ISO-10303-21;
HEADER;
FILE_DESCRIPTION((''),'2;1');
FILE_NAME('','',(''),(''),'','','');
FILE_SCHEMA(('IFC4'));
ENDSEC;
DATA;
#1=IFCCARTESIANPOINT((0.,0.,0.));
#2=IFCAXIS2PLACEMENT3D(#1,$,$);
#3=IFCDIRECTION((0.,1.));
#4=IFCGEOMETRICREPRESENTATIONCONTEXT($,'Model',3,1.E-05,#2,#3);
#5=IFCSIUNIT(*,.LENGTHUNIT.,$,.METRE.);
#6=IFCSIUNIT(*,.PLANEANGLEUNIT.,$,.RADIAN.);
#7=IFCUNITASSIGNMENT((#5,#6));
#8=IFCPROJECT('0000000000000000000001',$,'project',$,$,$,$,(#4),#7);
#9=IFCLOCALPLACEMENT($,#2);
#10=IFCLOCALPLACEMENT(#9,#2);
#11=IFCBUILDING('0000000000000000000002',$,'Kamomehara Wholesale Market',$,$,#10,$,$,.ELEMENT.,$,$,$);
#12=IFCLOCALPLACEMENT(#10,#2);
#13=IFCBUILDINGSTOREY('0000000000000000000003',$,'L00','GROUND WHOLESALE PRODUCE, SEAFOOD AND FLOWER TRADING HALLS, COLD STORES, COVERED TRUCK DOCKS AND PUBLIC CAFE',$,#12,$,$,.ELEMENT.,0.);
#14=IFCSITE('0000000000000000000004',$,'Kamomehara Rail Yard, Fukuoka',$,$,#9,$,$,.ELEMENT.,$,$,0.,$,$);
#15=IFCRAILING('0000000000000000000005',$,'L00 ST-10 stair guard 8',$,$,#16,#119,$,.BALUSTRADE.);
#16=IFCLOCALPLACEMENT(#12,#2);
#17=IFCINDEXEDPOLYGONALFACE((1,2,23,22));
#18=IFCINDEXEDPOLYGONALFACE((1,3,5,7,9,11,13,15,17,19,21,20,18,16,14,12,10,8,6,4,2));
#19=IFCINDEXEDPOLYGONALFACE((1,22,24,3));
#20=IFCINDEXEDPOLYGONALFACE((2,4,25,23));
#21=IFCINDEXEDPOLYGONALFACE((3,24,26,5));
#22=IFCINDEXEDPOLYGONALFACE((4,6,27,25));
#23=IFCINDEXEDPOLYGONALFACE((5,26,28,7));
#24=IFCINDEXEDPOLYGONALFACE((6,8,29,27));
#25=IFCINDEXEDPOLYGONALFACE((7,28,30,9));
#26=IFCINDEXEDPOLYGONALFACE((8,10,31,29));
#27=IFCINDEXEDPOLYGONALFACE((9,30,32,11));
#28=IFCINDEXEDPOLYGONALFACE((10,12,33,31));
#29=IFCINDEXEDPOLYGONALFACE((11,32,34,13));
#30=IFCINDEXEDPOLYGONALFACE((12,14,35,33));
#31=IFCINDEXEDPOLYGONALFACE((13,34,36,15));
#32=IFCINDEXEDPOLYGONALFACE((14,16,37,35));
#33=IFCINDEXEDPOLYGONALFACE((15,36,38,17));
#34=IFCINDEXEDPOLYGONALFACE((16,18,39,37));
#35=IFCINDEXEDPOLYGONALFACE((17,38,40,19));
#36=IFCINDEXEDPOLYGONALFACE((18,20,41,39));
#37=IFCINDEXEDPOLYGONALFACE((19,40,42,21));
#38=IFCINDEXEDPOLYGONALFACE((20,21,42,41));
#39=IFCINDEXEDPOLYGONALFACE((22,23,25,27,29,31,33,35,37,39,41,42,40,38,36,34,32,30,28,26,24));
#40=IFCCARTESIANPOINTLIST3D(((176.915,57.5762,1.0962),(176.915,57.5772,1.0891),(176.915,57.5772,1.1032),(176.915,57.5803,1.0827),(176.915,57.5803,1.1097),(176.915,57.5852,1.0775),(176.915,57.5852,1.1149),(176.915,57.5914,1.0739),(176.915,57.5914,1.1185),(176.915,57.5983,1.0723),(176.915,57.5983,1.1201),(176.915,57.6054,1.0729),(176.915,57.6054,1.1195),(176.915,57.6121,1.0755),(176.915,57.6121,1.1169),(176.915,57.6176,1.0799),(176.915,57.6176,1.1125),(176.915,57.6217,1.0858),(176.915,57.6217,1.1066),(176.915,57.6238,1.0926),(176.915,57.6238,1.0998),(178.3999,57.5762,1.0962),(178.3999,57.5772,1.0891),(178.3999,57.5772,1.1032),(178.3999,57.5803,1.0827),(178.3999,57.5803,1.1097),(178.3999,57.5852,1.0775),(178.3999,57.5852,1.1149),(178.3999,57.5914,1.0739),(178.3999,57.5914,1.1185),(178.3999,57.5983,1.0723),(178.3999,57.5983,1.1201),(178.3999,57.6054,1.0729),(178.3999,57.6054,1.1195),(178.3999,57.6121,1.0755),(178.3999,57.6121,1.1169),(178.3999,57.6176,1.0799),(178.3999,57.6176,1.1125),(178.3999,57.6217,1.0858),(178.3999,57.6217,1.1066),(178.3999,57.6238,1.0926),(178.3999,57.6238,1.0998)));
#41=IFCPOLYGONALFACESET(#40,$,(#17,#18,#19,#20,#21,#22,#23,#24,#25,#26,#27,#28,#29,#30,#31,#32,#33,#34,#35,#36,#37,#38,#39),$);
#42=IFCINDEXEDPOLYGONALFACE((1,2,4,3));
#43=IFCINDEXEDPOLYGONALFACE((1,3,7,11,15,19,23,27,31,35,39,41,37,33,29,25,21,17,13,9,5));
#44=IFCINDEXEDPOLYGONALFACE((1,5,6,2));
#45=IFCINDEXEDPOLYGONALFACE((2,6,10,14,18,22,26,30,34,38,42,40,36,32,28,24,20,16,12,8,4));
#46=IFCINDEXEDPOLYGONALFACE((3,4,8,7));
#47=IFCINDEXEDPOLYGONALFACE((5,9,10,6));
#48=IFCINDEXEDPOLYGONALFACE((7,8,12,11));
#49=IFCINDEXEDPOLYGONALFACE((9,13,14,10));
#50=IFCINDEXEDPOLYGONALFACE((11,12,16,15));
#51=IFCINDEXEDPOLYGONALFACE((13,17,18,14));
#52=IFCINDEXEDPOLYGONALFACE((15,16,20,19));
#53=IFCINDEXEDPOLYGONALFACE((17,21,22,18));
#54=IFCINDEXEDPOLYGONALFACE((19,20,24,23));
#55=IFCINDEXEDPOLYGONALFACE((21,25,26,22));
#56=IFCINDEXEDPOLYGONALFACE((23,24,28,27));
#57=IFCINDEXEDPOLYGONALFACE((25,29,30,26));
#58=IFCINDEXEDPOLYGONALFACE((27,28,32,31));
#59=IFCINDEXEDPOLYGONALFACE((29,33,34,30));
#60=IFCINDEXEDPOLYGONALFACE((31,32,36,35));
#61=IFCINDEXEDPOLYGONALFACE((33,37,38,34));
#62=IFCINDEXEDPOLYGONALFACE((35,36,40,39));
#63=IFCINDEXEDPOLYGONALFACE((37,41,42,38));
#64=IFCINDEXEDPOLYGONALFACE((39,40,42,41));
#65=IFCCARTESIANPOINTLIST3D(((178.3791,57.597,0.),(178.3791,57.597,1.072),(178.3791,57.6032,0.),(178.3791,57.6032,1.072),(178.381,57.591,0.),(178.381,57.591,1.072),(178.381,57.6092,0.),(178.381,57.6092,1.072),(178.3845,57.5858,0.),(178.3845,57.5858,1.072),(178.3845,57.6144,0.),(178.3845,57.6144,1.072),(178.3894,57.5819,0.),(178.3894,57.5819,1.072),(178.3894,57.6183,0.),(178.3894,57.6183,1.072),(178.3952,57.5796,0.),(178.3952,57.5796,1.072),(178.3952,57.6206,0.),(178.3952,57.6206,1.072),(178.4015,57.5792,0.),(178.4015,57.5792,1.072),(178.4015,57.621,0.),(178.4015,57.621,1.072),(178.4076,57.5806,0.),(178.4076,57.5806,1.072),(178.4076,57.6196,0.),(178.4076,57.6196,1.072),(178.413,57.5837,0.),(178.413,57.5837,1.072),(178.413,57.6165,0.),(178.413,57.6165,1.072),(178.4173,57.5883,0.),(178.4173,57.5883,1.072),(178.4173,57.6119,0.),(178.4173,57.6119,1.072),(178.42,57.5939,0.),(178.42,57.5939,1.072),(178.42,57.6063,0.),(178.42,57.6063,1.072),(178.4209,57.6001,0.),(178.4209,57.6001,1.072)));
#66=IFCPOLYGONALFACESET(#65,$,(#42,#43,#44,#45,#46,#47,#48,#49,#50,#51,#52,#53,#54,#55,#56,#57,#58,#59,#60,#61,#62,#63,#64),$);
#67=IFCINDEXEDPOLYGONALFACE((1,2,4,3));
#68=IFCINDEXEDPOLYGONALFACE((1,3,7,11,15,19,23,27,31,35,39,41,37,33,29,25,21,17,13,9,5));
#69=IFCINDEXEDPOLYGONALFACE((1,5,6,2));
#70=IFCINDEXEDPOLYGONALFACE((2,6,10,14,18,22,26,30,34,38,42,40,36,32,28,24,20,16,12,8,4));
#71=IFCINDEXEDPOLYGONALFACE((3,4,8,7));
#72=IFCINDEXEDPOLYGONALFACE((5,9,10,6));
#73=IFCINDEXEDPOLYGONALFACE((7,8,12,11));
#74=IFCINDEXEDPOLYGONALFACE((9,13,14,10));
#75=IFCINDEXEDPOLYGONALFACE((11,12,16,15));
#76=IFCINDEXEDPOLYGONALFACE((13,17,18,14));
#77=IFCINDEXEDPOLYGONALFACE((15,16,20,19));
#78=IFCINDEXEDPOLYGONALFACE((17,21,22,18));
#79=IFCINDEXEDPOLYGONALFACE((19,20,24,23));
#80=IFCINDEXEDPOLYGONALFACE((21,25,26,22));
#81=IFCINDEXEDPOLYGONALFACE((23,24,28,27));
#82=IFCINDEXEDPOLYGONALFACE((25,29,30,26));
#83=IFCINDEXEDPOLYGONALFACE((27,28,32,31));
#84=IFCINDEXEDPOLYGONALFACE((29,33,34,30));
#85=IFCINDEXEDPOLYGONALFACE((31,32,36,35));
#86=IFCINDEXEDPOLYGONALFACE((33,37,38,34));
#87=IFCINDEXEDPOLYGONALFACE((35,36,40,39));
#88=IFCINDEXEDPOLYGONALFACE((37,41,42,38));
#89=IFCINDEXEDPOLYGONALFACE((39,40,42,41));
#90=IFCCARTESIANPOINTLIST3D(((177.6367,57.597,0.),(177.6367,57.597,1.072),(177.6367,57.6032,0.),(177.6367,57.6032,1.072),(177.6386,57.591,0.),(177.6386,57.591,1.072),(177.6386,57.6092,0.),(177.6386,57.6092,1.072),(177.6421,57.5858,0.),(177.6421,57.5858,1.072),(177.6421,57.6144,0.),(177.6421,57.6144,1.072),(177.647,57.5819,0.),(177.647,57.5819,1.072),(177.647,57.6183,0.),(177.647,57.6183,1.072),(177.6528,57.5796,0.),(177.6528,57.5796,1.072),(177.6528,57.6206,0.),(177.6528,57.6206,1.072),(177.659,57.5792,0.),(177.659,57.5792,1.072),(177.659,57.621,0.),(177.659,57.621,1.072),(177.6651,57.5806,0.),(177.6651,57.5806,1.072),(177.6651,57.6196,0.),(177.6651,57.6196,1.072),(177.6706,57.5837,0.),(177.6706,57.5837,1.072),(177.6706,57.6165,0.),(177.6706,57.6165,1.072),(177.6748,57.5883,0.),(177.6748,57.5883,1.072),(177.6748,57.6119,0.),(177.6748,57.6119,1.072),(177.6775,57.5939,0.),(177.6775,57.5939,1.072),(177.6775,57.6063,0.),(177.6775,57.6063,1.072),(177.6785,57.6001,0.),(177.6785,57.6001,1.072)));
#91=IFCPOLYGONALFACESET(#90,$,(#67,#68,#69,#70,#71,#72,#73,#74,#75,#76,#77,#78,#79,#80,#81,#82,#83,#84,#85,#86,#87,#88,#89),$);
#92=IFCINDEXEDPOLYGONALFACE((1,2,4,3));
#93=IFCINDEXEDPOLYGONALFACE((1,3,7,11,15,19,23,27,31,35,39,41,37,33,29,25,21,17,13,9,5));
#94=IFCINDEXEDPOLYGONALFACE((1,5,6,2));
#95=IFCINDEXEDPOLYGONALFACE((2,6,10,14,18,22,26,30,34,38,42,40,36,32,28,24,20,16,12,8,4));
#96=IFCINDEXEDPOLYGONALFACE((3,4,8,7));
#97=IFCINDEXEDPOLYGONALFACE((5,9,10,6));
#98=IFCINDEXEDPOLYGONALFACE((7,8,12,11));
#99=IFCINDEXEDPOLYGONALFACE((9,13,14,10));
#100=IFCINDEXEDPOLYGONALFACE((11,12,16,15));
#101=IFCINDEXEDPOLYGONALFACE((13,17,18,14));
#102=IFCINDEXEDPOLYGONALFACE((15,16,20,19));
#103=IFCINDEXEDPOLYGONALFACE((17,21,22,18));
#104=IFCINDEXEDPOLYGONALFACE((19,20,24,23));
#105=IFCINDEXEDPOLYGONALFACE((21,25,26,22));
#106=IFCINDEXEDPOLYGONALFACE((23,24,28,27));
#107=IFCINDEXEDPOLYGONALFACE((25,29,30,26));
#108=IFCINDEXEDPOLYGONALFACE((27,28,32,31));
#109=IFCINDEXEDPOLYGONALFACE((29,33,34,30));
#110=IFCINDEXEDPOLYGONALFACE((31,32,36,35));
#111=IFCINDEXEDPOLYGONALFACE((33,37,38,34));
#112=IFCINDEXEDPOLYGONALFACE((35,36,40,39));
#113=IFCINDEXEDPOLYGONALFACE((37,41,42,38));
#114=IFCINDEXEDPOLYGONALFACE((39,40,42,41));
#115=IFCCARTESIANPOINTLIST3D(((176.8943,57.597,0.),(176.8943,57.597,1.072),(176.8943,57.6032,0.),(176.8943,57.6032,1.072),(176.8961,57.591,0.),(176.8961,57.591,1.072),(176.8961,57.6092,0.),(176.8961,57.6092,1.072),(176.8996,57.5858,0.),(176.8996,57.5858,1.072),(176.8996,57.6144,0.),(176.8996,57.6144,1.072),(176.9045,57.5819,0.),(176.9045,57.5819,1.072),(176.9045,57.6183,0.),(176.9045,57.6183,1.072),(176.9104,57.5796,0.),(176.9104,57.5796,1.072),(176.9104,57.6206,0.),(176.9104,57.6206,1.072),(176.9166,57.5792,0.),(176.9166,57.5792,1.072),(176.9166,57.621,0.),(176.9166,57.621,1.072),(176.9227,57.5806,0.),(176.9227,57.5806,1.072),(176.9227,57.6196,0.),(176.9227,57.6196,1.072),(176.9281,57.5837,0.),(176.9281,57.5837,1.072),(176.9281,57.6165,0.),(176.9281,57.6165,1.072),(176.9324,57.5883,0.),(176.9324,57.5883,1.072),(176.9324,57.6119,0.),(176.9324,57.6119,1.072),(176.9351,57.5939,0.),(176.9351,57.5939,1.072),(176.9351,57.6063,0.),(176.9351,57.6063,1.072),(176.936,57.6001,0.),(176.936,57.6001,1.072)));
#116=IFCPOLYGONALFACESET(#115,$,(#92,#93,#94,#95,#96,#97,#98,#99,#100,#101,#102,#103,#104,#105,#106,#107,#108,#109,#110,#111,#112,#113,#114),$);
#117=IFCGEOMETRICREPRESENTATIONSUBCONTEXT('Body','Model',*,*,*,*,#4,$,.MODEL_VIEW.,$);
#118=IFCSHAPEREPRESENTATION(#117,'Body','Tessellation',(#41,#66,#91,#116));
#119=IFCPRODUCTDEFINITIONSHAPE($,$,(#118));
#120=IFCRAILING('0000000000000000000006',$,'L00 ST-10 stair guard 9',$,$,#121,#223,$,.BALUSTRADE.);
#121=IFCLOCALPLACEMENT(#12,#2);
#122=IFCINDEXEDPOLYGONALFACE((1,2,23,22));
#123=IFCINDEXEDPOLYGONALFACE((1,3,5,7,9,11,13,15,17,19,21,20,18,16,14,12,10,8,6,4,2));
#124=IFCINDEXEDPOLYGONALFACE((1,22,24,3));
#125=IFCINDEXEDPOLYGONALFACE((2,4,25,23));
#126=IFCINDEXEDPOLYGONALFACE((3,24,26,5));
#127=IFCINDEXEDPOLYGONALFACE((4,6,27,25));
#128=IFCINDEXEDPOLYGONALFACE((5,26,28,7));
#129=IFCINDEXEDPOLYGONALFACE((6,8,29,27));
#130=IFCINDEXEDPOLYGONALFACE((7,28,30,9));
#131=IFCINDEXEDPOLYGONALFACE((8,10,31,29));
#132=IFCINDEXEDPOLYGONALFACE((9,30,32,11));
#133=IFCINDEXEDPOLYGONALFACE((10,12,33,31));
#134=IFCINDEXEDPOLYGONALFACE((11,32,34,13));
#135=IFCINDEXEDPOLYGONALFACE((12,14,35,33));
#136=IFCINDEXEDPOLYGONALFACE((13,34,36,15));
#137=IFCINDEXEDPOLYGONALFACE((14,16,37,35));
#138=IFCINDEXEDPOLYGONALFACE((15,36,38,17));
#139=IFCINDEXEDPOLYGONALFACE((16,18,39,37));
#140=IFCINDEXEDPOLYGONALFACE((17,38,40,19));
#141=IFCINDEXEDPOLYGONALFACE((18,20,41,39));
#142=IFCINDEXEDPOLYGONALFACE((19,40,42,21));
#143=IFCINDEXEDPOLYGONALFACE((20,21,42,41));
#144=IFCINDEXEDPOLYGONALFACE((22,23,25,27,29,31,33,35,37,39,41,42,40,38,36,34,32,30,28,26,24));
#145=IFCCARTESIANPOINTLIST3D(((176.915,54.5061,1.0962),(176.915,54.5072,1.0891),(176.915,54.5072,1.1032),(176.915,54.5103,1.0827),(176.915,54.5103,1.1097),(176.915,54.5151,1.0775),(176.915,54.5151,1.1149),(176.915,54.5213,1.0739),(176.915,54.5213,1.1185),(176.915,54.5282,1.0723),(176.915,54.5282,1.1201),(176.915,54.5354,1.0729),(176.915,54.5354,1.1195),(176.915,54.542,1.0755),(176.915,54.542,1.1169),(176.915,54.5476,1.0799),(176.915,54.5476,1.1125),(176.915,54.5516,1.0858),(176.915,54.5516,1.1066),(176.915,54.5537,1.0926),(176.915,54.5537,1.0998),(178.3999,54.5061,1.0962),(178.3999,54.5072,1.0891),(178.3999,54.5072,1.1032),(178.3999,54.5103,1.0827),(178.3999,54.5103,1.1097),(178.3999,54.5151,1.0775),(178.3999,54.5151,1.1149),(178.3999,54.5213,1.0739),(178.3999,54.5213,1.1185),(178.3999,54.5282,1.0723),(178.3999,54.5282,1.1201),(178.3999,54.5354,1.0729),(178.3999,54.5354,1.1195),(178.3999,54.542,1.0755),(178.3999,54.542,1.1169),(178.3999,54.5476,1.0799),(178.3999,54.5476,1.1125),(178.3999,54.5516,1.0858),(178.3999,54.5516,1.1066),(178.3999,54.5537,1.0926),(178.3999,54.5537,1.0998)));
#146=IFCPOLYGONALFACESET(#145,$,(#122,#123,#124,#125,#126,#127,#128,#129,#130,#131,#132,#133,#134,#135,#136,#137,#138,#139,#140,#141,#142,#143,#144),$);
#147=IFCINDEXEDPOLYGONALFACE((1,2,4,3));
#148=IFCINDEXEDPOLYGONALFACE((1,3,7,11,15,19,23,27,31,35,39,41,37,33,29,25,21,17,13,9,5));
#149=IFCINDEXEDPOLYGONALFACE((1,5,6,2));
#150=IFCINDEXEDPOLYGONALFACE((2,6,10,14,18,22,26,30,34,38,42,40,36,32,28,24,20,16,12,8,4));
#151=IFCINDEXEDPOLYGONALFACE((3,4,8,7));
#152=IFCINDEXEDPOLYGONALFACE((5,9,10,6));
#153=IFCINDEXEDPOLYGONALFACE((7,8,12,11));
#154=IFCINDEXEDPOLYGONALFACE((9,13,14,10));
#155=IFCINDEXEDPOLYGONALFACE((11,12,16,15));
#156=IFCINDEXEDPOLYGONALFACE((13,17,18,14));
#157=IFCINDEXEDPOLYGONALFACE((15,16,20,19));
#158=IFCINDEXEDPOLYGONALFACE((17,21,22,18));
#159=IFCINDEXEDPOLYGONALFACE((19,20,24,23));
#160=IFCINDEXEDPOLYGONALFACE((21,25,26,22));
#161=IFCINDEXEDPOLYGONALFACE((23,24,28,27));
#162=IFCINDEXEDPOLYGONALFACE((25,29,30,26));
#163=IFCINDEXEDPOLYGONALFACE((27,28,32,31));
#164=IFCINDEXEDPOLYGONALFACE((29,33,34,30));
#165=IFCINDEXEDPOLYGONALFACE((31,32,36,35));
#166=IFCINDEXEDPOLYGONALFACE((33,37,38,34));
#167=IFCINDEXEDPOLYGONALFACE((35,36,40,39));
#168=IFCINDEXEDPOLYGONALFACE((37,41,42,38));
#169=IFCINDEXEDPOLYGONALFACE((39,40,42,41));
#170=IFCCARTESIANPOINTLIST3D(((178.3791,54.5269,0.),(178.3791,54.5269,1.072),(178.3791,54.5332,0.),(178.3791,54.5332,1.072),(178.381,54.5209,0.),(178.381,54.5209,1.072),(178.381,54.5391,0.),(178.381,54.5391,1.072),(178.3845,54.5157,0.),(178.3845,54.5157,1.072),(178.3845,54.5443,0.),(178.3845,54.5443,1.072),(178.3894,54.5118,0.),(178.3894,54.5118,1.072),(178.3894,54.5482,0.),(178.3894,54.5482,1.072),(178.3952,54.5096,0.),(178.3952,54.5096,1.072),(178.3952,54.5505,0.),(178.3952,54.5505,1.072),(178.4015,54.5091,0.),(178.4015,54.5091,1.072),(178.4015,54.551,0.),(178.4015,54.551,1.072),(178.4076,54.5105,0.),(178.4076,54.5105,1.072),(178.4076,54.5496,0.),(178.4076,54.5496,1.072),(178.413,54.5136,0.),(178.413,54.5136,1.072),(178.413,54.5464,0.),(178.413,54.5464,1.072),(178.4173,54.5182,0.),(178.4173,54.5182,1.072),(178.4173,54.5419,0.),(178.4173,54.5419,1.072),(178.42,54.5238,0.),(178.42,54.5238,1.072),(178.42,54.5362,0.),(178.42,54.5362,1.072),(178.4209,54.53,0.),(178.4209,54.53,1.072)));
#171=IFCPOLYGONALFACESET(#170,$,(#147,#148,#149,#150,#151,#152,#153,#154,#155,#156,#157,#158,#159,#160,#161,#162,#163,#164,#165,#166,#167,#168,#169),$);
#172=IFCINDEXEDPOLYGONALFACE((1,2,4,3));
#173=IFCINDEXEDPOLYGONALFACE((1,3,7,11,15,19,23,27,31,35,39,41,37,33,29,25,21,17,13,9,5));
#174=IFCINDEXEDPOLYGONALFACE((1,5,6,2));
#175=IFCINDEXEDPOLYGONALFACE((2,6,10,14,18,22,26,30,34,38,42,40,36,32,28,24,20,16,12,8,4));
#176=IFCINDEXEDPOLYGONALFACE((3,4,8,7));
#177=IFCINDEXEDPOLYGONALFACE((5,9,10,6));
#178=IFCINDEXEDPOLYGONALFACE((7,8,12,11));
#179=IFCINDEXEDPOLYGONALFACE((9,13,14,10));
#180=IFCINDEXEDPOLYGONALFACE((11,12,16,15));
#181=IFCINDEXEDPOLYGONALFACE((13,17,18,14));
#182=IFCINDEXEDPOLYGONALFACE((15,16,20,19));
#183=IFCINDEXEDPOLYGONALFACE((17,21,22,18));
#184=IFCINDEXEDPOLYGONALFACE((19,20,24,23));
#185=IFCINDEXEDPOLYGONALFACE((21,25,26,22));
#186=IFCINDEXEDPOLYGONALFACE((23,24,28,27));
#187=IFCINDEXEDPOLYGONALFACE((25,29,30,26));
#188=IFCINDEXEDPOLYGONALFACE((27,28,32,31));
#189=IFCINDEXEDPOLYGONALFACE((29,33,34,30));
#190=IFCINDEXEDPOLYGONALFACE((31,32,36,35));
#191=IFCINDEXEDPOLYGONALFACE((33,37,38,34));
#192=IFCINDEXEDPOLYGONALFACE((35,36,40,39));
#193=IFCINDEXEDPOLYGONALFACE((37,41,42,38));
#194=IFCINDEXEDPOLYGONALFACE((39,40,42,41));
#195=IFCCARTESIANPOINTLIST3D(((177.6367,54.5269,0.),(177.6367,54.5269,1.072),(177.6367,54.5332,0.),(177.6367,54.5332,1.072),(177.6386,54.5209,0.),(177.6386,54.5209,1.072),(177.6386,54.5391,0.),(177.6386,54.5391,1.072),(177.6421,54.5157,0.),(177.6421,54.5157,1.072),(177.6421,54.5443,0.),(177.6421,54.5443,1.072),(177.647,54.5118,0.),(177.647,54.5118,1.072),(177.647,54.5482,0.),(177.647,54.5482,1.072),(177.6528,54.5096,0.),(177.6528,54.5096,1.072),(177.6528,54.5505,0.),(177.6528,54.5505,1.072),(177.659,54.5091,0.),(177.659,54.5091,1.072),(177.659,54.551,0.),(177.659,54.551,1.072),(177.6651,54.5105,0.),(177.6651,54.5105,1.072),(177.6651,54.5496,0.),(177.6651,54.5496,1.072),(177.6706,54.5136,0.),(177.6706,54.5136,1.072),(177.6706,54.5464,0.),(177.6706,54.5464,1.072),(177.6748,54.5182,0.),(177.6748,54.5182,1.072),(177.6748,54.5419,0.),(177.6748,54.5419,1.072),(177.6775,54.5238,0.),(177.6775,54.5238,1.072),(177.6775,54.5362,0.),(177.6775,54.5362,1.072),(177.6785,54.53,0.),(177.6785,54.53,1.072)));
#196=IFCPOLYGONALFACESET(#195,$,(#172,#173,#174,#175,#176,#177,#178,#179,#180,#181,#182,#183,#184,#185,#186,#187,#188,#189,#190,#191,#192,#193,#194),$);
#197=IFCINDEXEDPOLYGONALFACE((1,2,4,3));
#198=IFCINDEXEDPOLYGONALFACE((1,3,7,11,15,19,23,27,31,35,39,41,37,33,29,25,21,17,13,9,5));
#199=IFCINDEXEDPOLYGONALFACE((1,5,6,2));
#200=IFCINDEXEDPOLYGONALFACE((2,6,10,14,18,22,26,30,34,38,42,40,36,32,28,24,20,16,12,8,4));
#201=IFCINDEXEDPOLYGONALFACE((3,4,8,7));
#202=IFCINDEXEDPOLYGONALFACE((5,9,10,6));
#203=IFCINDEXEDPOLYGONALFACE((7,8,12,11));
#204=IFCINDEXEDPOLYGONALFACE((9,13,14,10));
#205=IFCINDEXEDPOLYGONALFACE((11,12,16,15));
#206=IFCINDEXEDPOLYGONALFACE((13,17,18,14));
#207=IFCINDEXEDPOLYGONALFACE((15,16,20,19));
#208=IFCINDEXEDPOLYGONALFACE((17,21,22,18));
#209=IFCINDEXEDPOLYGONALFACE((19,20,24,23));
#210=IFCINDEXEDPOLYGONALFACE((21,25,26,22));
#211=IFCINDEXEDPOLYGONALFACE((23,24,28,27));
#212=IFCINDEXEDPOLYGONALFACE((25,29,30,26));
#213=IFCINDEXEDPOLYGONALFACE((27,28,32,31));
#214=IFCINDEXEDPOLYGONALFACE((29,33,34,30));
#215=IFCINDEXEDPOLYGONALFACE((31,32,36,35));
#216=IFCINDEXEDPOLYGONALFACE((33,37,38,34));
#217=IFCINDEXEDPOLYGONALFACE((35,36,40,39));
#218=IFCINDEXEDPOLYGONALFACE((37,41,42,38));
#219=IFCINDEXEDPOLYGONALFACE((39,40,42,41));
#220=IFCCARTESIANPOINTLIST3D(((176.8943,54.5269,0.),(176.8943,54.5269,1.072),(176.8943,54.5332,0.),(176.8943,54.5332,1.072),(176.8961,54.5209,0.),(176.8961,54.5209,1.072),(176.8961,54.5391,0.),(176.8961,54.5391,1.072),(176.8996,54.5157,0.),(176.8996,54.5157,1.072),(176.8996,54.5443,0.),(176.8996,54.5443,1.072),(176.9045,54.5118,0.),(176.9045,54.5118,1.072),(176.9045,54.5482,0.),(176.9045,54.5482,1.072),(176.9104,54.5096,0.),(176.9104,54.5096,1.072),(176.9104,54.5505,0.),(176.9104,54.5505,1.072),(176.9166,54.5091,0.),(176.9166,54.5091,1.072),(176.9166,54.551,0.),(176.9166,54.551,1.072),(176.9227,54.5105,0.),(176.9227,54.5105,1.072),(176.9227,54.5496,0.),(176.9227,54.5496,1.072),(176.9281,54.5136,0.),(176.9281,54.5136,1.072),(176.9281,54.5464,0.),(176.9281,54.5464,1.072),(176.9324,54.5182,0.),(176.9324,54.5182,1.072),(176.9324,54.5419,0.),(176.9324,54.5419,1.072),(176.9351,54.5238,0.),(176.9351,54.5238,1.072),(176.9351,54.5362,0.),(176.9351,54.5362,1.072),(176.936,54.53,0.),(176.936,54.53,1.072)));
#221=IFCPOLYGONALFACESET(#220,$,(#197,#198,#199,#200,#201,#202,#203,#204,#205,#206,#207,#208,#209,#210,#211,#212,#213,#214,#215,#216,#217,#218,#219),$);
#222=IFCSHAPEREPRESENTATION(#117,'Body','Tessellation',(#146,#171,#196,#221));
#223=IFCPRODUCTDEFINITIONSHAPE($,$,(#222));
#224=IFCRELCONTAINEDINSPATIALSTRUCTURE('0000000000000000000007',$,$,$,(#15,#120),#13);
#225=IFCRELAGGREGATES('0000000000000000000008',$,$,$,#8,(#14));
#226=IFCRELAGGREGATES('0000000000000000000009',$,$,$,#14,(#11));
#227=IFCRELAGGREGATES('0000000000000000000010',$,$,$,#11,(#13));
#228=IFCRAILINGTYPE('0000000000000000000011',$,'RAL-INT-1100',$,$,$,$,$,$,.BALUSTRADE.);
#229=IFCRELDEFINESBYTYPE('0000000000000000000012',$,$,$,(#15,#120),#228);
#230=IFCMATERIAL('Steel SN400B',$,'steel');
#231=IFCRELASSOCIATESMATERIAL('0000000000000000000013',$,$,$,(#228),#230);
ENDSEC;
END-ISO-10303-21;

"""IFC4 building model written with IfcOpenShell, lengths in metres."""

from ifc_helpers import new_model, si_unit, direction, frame, origin, origin_2d, place, context, subcontext, project, spatial, circle, extrude, material, type_object, element, save


model = new_model("IFC4")

# Units and contexts
model_context = context("Model", 3, precision=1e-05, world=origin(), true_north=direction((0.0, 1.0)))
body_context = subcontext(model_context, "Body", "Model", "MODEL_VIEW")
ifc_project = project(units=[si_unit("LENGTHUNIT", "METRE"), si_unit("PLANEANGLEUNIT", "RADIAN")], contexts=[model_context])

# Site, building, storey
site_placement = place(None, origin())
site = spatial("IfcSite", under=ifc_project, at=site_placement, Name="Kamomehara Rail Yard, Fukuoka", CompositionType="ELEMENT", RefElevation=0.0)
building_placement = place(site_placement, origin())
building = spatial("IfcBuilding", under=site, at=building_placement, Name="Kamomehara Wholesale Market", CompositionType="ELEMENT")
storey_placement = place(building_placement, origin())
storey = spatial("IfcBuildingStorey", under=building, at=storey_placement, Name="L00", Description="GROUND WHOLESALE PRODUCE, SEAFOOD AND FLOWER TRADING HALLS, COLD STORES, COVERED TRUCK DOCKS AND PUBLIC CAFE", CompositionType="ELEMENT", Elevation=0.0)

# Railings
ifc_material_1 = material(Name="Steel SN400B", Category="steel")
railing_type = type_object("IfcRailingType", Name="RAL-INT-1100", PredefinedType="BALUSTRADE", material=ifc_material_1)
for number, where, name in (
    (1, (178.3999, 57.6001, 0.0), "L00 ST-10 stair guard 8"),
    (2, (178.3999, 54.53, 0.0), "L00 ST-10 stair guard 9"),
):
    element("IfcRailing", number, at=place(storey_placement, frame(where)), inside=storey, type_object=railing_type, Name=name, PredefinedType="BALUSTRADE", context=body_context, shape_type="SweptSolid", body=[
        extrude(circle(Radius=0.0239, at=origin_2d()), frame((0.0, 0.0, 1.0962), z_axis=(-1.0, 0.0, 0.0), x_axis=(0.0, -1.0, 0.0)), (0.0, 0.0, 1.0), 1.4849),
        extrude(circle(Radius=0.021, at=origin_2d()), origin(), (0.0, 0.0, 1.0), 1.072),
        extrude(circle(Radius=0.021, at=origin_2d()), frame((-0.7424, 0.0, 0.0)), (0.0, 0.0, 1.0), 1.072),
        extrude(circle(Radius=0.021, at=origin_2d()), frame((-1.4849, 0.0, 0.0)), (0.0, 0.0, 1.0), 1.072),
    ])

save(model, "model.ifc")
